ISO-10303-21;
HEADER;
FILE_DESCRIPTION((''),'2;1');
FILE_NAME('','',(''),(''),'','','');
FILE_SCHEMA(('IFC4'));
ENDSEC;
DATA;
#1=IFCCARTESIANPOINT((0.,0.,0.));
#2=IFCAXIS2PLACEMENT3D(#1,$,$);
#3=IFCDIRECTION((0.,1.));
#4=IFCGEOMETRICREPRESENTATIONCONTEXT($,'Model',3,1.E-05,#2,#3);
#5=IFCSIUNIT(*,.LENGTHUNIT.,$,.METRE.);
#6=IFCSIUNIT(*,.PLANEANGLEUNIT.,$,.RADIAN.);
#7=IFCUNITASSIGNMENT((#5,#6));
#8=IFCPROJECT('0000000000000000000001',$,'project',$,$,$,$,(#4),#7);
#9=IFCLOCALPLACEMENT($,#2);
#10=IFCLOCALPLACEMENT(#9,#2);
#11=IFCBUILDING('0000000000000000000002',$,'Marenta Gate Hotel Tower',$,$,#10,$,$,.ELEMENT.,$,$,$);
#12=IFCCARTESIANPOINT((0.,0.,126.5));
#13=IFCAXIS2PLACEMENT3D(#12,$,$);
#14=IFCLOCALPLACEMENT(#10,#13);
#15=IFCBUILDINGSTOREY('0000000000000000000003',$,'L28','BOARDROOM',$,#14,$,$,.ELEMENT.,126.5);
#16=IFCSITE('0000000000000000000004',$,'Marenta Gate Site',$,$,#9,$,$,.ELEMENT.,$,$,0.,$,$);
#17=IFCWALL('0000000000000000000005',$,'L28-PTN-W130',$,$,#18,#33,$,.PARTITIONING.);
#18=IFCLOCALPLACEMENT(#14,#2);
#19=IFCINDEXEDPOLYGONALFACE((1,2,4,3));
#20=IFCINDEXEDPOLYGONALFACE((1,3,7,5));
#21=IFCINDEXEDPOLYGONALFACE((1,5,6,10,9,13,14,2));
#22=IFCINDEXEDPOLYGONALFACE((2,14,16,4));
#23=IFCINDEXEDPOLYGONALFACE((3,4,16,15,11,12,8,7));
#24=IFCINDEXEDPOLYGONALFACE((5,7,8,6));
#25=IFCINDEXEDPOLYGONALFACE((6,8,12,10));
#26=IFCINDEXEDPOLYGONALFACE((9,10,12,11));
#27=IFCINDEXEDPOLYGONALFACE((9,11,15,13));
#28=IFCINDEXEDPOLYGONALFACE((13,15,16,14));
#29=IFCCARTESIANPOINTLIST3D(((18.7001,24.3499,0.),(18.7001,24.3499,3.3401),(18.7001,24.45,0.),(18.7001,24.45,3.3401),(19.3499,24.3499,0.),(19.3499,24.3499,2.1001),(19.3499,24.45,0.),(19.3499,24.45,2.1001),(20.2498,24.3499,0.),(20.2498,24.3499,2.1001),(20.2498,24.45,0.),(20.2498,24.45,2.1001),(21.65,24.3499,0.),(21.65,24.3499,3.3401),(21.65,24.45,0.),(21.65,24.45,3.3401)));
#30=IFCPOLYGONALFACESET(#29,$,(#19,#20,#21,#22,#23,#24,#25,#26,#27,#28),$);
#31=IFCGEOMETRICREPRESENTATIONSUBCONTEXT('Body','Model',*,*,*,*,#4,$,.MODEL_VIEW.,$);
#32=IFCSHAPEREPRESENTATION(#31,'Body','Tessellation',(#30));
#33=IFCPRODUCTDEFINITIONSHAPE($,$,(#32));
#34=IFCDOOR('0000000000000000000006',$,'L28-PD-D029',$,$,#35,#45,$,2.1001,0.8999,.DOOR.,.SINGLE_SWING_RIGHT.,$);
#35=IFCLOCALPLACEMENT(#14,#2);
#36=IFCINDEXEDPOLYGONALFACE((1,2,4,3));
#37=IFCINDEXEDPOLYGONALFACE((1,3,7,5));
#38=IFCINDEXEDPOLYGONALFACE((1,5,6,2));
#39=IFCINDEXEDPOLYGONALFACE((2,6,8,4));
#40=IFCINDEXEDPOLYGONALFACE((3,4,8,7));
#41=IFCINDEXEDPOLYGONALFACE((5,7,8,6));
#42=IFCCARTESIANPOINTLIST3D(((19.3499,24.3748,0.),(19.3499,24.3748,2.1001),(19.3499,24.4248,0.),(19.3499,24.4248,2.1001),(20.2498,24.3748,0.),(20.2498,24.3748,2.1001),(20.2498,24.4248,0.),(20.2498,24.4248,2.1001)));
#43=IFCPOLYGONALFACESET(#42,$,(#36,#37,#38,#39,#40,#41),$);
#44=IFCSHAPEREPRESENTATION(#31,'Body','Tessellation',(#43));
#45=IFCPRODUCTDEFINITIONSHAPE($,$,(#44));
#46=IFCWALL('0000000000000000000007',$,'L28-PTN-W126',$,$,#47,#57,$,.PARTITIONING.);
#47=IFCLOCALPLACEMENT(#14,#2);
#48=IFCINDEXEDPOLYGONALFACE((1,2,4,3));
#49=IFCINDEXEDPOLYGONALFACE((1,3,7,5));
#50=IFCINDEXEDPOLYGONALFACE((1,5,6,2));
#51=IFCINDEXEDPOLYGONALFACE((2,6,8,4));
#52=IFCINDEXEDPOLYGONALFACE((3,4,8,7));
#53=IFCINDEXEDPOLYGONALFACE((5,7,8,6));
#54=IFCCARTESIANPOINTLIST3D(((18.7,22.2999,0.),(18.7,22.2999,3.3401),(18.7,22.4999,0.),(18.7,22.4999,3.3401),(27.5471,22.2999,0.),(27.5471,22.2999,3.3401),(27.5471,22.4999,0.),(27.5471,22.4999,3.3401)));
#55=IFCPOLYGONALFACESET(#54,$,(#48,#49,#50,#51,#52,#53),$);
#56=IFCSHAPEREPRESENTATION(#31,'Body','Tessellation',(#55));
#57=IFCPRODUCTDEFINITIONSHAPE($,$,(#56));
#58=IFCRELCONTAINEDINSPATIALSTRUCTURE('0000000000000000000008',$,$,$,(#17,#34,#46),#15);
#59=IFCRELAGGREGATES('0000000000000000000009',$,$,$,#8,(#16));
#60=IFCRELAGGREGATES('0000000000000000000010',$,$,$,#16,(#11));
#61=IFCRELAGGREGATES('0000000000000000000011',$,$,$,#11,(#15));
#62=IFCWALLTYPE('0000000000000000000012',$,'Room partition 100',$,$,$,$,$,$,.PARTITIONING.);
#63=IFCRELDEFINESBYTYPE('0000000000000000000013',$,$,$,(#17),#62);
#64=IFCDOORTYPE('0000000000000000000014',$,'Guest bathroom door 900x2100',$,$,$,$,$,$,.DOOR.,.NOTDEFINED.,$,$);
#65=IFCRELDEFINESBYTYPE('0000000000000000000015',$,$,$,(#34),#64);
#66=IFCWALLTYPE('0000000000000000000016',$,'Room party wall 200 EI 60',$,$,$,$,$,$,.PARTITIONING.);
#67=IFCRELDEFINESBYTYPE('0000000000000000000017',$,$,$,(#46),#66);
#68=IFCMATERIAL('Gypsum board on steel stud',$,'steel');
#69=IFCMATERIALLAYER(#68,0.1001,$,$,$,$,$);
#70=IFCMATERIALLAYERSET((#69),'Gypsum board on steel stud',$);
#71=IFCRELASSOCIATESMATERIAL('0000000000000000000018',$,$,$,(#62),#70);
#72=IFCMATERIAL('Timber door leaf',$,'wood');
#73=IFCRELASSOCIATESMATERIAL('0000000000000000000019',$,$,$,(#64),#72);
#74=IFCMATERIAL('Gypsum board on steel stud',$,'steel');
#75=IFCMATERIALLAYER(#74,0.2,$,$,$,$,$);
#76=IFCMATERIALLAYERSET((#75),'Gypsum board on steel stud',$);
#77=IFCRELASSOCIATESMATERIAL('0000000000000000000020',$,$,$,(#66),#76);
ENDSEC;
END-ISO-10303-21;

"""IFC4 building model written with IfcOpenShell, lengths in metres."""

from ifc_helpers import new_model, si_unit, direction, frame, frame_2d, origin, place, context, subcontext, project, spatial, rectangle, extrude, material, layer, layer_set, type_object, element, fill, save


model = new_model("IFC4")

# Units and contexts
model_context = context("Model", 3, precision=1e-05, world=origin(), true_north=direction((0.0, 1.0)))
body_context = subcontext(model_context, "Body", "Model", "MODEL_VIEW")
ifc_project = project(units=[si_unit("LENGTHUNIT", "METRE"), si_unit("PLANEANGLEUNIT", "RADIAN")], contexts=[model_context])

# Site, building, storey
site_placement = place(None, origin())
site = spatial("IfcSite", under=ifc_project, at=site_placement, Name="Marenta Gate Site", CompositionType="ELEMENT", RefElevation=0.0)
building_placement = place(site_placement, origin())
building = spatial("IfcBuilding", under=site, at=building_placement, Name="Marenta Gate Hotel Tower", CompositionType="ELEMENT")
storey_placement = place(building_placement, frame((0.0, 0.0, 126.5)))
storey = spatial("IfcBuildingStorey", under=building, at=storey_placement, Name="L28", Description="BOARDROOM", CompositionType="ELEMENT", Elevation=126.5)

# Shared definitions
ifc_material_1 = material(Name="Gypsum board on steel stud", Category="steel")
ifc_layer_1 = layer(ifc_material_1, 0.1001)
ifc_layer_set_1 = layer_set([ifc_layer_1], Name="Gypsum board on steel stud")
wall_type_1 = type_object("IfcWallType", Name="Room partition 100", PredefinedType="PARTITIONING", material=ifc_layer_set_1)

# Shared definitions
ifc_material_2 = material(Name="Timber door leaf", Category="wood")
door_type = type_object("IfcDoorType", Name="Guest bathroom door 900x2100", OperationType="NOTDEFINED", PredefinedType="DOOR", material=ifc_material_2)

# Wall, opening, door
wall_1_placement = place(storey_placement, frame((18.7, 24.3999, 0.0), z_axis=(0.0, 0.0, 1.0), x_axis=(1.0, 0.0, 0.0)))
wall_1 = element("IfcWall", 1, at=wall_1_placement, inside=storey, type_object=wall_type_1, Name="L28-PTN-W130", PredefinedType="PARTITIONING", context=body_context, shape_type="SweptSolid", body=[
    extrude(rectangle(XDim=2.95, YDim=0.1001, at=frame_2d((1.4751, 0.0))), origin(), (0.0, 0.0, 1.0), 3.3401),
])
opening_1_placement = place(wall_1_placement, frame((0.6499, 0.0, 0.0)))
opening_1 = element("IfcOpeningElement", 2, at=opening_1_placement, cuts=wall_1, PredefinedType="OPENING", context=body_context, shape_type="SweptSolid", body=[
    extrude(rectangle(XDim=0.8999, YDim=2.1001, at=frame_2d((0.45, 1.05))), frame((0.0, 0.05, 0.0), z_axis=(0.0, -1.0, 0.0), x_axis=(1.0, 0.0, 0.0)), (0.0, 0.0, 1.0), 0.1001),
])
door_1_placement = place(opening_1_placement, origin())
door_1 = element("IfcDoor", 3, at=door_1_placement, inside=storey, type_object=door_type, Name="L28-PD-D029", OperationType="SINGLE_SWING_RIGHT", OverallHeight=2.1001, OverallWidth=0.8999, PredefinedType="DOOR", context=body_context, shape_type="SweptSolid", body=[
    extrude(rectangle(XDim=0.8999, YDim=2.1001, at=frame_2d((0.45, 1.05))), frame((0.0, 0.0249, 0.0), z_axis=(0.0, -1.0, 0.0), x_axis=(1.0, 0.0, 0.0)), (0.0, 0.0, 1.0), 0.05),
])
fill(opening_1, door_1)

# Wall
ifc_material_3 = material(Name="Gypsum board on steel stud", Category="steel")
ifc_layer_2 = layer(ifc_material_3, 0.2)
ifc_layer_set_2 = layer_set([ifc_layer_2], Name="Gypsum board on steel stud")
wall_type_2 = type_object("IfcWallType", Name="Room party wall 200 EI 60", PredefinedType="PARTITIONING", material=ifc_layer_set_2)
wall_2_placement = place(storey_placement, frame((18.7, 22.3999, 0.0), z_axis=(0.0, 0.0, 1.0), x_axis=(1.0, 0.0, 0.0)))
element("IfcWall", 4, at=wall_2_placement, inside=storey, type_object=wall_type_2, Name="L28-PTN-W126", PredefinedType="PARTITIONING", context=body_context, shape_type="SweptSolid", body=[
    extrude(rectangle(XDim=8.8472, YDim=0.2, at=frame_2d((4.4236, 0.0))), origin(), (0.0, 0.0, 1.0), 3.3401),
])

save(model, "model.ifc")
